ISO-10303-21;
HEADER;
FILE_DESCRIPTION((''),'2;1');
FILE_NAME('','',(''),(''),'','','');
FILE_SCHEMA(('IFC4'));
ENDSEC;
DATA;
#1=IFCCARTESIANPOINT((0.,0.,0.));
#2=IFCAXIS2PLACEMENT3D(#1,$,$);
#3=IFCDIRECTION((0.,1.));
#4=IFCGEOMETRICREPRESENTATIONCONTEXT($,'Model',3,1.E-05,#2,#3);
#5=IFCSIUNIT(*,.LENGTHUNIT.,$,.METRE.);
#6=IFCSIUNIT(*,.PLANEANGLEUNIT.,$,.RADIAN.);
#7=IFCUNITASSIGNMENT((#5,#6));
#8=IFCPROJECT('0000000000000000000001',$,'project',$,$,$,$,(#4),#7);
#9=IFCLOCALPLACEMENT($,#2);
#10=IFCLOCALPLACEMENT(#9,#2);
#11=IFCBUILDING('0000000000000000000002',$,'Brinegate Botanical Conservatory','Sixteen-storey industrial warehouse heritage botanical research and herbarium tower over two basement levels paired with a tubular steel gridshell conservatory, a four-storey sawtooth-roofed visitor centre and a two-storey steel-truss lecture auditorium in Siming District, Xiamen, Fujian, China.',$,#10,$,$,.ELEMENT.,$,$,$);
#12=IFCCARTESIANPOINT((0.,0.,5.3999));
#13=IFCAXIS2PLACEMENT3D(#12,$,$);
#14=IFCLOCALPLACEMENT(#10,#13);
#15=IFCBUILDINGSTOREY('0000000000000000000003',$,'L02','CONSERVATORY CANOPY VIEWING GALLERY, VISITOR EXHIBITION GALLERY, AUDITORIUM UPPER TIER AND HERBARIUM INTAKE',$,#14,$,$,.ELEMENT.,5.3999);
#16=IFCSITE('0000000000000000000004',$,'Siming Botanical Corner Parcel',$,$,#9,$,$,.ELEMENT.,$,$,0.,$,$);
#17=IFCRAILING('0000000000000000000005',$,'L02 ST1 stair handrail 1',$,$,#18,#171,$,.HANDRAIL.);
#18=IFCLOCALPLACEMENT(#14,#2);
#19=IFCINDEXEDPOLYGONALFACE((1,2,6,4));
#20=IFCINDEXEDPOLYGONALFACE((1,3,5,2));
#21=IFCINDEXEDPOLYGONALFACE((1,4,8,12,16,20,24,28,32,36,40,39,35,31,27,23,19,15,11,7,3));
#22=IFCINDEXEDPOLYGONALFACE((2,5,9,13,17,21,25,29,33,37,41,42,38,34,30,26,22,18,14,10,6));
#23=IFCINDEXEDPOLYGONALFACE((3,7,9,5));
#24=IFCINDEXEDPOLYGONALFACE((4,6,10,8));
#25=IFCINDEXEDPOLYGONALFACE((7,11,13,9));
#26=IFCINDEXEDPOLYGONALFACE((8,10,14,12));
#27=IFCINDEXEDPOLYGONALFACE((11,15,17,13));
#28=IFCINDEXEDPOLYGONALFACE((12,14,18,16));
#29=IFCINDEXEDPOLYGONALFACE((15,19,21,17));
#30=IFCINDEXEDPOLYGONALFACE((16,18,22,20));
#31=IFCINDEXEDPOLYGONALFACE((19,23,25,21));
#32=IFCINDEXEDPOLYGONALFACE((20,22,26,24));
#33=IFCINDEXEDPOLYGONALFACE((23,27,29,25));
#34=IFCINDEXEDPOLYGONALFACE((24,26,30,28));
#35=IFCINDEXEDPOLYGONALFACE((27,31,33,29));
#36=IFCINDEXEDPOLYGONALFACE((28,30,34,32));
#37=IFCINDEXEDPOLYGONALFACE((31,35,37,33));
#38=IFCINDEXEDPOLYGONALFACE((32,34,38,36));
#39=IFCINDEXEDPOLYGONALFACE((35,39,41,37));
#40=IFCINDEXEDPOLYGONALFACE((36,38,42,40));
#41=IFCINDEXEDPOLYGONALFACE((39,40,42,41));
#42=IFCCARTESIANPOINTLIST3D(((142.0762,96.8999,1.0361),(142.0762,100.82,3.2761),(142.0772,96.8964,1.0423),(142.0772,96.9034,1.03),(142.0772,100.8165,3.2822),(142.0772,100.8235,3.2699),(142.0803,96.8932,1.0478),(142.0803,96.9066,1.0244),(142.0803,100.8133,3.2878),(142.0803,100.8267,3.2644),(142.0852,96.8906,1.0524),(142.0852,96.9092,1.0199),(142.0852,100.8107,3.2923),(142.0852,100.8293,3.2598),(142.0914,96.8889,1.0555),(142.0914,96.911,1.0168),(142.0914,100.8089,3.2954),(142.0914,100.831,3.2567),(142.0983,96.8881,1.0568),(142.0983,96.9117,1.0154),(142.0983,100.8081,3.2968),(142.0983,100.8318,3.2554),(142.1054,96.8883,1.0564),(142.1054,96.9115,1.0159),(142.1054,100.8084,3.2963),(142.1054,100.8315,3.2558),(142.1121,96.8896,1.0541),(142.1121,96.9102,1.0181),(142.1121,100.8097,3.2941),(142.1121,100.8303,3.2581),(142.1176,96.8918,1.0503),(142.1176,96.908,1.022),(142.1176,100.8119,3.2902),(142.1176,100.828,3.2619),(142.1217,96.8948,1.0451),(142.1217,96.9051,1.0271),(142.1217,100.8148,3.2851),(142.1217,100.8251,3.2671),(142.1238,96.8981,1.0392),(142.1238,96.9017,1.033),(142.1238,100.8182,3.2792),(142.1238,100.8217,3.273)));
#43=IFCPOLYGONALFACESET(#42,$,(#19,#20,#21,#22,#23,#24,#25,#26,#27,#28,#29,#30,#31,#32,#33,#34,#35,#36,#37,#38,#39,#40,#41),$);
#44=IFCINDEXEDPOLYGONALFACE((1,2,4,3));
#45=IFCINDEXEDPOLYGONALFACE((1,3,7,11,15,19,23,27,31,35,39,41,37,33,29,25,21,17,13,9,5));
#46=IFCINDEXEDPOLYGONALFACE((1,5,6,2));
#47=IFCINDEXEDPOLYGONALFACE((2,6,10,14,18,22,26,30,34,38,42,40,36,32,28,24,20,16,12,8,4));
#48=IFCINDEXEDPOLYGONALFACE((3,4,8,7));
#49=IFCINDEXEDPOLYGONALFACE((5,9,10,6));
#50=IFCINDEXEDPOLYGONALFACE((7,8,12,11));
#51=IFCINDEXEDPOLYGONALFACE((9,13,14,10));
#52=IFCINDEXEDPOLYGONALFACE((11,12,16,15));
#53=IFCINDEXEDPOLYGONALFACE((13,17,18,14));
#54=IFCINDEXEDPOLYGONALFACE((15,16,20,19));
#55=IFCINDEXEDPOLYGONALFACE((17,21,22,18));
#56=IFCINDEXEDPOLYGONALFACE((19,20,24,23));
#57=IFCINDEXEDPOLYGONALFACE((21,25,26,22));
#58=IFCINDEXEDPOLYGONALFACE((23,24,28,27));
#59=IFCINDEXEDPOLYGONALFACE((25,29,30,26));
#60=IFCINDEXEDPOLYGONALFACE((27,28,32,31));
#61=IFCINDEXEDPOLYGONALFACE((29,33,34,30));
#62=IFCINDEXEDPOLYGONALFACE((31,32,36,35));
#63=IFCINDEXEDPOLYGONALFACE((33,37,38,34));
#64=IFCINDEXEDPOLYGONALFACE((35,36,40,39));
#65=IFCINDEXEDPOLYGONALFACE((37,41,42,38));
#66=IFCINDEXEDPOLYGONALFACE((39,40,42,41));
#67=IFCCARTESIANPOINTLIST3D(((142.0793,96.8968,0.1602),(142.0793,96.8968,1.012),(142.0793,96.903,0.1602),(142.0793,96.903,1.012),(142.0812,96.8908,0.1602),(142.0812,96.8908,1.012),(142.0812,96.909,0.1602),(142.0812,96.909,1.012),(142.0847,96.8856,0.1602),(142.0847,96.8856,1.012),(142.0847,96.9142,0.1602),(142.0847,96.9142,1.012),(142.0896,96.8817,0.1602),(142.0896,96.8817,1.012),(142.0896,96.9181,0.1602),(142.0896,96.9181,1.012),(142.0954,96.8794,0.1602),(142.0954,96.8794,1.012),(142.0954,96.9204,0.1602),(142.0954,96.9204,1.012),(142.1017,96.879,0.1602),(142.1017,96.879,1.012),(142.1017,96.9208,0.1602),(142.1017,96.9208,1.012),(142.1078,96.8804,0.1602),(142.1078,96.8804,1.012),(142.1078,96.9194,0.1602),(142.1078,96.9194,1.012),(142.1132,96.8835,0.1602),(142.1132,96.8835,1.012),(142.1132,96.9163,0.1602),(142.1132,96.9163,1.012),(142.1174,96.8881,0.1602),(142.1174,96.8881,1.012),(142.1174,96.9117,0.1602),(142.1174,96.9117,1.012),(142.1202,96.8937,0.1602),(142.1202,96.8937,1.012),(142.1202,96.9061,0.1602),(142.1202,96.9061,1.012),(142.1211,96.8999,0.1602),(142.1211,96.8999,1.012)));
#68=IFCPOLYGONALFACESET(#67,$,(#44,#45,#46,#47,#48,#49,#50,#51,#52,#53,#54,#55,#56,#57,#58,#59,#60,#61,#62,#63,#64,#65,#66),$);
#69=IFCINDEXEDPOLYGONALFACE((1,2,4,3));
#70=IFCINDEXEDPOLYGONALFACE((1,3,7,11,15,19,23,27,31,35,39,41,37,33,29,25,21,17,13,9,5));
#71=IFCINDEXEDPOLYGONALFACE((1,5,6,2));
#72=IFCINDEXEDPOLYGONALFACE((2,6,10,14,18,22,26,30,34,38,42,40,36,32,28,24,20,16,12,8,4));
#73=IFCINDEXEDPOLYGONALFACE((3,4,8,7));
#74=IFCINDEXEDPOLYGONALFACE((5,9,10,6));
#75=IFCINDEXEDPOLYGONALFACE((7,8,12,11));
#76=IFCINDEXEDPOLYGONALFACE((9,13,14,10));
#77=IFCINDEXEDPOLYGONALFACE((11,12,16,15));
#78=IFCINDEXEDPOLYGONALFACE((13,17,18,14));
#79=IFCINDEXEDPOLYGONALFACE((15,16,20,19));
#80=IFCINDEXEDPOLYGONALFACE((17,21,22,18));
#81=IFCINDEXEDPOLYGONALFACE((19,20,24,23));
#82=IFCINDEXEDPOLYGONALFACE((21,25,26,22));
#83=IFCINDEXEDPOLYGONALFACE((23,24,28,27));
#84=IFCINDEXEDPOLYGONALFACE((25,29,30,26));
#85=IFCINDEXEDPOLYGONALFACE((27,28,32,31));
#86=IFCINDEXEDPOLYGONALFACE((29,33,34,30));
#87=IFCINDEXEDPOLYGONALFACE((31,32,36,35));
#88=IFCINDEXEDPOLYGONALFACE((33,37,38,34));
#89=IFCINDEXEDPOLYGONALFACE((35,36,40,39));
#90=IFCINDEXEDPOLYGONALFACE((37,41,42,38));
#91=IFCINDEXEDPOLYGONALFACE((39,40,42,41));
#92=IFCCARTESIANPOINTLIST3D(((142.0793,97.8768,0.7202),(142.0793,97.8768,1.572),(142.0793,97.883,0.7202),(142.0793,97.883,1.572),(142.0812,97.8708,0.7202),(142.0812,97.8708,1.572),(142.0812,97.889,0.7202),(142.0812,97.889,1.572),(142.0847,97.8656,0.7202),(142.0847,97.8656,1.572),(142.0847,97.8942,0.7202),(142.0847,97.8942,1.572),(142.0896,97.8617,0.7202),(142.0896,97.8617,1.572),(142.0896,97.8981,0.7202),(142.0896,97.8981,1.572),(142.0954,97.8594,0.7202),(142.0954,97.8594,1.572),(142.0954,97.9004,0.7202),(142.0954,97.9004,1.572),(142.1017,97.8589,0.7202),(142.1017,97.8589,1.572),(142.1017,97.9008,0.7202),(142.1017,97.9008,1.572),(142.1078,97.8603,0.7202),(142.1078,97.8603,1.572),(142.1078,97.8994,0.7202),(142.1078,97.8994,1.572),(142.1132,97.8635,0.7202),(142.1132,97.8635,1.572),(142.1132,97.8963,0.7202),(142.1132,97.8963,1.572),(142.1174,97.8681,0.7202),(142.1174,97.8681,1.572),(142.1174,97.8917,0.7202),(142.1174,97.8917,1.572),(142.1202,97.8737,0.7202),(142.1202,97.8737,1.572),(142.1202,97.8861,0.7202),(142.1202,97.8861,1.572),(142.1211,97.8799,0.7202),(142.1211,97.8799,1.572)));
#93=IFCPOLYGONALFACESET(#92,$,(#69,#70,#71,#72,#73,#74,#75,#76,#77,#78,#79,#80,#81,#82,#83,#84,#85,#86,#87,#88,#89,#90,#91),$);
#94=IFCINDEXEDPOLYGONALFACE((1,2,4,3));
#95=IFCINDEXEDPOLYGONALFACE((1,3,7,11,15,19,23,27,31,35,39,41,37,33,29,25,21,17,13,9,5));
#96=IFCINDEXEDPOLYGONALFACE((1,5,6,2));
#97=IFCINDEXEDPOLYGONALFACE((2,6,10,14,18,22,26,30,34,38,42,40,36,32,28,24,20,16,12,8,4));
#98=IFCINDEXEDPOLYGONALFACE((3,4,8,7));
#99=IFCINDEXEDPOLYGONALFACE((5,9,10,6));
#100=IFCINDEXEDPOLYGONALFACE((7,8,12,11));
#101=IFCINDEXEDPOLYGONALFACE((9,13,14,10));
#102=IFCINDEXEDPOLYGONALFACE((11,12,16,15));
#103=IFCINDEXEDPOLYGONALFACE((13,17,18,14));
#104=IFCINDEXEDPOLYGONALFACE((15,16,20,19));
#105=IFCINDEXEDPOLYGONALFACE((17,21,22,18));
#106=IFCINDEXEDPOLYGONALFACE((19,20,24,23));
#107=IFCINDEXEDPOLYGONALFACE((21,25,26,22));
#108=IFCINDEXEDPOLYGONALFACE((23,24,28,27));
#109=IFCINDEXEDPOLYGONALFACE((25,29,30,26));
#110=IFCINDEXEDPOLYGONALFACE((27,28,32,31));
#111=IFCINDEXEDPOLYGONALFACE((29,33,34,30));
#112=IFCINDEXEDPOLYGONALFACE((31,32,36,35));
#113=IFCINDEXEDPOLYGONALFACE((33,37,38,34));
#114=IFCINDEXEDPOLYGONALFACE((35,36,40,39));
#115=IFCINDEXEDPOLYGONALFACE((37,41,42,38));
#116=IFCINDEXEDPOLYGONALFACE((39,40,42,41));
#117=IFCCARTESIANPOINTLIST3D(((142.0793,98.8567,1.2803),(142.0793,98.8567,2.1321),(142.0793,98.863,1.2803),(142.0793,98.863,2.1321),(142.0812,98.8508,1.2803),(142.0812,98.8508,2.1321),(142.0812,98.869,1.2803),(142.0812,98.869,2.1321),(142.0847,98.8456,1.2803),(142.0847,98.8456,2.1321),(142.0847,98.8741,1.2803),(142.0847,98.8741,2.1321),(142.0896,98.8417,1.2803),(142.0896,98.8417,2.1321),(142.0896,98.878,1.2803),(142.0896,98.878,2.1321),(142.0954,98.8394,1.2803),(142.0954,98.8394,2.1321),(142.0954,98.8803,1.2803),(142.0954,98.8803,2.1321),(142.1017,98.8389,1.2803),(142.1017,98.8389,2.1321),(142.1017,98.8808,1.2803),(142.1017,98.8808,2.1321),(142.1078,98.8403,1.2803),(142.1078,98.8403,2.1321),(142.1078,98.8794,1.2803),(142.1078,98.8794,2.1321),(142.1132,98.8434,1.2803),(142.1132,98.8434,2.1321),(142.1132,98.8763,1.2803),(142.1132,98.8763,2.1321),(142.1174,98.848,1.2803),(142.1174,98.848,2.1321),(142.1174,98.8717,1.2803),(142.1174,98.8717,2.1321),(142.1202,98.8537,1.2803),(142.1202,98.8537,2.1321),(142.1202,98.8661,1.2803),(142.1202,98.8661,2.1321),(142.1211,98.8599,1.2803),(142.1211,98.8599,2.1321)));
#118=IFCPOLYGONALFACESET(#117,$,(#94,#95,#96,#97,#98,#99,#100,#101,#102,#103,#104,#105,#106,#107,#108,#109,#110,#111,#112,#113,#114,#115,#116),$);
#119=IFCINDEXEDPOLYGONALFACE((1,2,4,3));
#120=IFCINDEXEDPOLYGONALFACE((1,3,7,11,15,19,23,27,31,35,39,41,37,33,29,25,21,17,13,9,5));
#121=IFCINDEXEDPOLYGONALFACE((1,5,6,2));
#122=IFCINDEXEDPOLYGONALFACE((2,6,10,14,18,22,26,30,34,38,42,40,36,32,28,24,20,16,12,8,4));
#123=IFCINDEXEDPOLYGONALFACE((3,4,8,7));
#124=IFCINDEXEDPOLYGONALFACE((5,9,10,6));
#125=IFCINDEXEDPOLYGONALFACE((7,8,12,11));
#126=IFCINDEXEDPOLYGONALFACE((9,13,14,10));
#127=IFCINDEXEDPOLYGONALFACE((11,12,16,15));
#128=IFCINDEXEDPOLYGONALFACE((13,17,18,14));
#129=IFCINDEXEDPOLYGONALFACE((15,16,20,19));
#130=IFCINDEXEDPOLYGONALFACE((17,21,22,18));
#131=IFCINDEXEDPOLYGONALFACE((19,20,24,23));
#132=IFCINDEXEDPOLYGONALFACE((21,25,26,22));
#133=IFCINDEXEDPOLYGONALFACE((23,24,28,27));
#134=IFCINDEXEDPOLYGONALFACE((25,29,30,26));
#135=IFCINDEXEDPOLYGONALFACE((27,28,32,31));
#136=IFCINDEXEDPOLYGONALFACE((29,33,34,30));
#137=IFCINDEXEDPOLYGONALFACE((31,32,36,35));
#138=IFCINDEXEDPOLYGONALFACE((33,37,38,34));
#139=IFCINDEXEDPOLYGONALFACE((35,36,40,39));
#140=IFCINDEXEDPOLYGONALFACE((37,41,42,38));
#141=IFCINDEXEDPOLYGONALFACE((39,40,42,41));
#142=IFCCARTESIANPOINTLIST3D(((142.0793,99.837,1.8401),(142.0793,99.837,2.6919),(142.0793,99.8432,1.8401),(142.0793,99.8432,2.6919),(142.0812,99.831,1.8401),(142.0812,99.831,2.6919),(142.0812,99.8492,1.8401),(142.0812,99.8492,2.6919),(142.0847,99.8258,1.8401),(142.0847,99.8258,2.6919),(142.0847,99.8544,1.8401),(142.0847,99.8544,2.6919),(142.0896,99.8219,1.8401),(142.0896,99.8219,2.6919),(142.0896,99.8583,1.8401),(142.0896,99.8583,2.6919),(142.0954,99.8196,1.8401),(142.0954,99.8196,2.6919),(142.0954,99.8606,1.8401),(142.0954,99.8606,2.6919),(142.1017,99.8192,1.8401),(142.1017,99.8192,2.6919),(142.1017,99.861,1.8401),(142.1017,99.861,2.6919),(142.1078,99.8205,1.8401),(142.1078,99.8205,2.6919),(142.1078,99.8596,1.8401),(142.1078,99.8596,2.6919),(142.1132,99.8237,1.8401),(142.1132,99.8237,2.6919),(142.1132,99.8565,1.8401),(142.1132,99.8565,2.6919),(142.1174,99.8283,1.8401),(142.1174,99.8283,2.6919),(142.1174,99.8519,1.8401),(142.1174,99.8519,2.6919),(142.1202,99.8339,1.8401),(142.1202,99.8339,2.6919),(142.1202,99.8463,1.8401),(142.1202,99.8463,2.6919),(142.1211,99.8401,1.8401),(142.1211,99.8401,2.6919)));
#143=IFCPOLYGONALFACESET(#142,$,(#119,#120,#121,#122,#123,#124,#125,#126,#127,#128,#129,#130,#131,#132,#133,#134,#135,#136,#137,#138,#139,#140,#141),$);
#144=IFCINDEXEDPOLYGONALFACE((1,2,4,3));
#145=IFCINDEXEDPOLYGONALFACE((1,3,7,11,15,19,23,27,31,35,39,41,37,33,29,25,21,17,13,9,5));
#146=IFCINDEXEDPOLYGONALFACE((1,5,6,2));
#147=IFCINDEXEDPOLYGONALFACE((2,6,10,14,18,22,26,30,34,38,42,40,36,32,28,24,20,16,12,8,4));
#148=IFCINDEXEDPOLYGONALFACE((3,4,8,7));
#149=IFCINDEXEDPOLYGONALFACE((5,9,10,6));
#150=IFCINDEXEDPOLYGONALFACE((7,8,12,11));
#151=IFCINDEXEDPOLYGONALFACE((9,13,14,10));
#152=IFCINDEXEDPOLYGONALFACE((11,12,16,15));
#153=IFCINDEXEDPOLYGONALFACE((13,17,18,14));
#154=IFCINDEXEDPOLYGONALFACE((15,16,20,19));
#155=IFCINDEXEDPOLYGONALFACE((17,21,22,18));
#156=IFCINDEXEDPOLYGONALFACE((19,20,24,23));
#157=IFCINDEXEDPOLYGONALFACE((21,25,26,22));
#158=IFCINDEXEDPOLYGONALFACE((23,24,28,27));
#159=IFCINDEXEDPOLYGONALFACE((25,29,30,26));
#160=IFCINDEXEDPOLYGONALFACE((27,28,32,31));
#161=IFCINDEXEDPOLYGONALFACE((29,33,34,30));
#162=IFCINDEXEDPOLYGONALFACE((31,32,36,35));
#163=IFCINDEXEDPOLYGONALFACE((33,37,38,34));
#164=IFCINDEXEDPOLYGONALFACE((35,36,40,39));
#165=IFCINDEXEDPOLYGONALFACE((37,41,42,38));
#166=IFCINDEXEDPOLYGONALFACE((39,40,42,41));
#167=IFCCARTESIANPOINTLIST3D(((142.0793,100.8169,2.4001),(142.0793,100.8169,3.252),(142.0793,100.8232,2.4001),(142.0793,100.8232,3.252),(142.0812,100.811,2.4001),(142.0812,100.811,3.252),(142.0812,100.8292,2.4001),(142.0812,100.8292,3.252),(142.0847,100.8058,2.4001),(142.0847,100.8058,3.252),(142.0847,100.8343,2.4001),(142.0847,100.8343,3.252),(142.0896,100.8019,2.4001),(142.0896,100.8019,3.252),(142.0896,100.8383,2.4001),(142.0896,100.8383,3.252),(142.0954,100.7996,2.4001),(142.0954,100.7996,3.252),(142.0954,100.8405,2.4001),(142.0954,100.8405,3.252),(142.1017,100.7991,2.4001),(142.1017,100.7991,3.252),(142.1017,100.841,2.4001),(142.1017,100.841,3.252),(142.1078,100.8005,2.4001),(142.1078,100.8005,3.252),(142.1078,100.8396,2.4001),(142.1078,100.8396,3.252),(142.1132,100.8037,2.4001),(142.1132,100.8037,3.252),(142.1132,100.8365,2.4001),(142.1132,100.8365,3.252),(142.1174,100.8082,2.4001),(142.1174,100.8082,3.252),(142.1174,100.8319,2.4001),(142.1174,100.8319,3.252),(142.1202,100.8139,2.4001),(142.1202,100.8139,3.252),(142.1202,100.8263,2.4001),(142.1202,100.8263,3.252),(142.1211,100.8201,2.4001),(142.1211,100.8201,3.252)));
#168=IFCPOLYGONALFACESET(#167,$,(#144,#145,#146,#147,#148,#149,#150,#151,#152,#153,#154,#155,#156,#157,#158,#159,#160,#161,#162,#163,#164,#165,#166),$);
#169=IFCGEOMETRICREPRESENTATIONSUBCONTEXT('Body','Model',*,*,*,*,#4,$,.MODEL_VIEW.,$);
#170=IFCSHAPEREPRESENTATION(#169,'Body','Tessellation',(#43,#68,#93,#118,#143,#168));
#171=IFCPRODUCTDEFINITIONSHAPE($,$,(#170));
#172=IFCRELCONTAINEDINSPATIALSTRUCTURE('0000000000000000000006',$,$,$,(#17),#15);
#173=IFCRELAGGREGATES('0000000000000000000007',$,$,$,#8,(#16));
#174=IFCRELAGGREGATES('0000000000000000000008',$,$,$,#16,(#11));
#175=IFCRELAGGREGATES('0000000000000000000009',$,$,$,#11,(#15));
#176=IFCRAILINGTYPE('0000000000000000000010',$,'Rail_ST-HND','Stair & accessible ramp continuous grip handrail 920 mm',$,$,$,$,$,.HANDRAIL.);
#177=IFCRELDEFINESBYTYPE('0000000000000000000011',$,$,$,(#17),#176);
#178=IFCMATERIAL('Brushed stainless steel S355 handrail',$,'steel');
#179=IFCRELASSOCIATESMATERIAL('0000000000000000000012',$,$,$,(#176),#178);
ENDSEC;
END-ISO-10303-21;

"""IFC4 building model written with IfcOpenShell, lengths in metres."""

from ifc_helpers import new_model, si_unit, direction, frame, origin, origin_2d, place, context, subcontext, project, spatial, circle, extrude, material, type_object, element, save


model = new_model("IFC4")

# Units and contexts
model_context = context("Model", 3, precision=1e-05, world=origin(), true_north=direction((0.0, 1.0)))
body_context = subcontext(model_context, "Body", "Model", "MODEL_VIEW")
ifc_project = project(units=[si_unit("LENGTHUNIT", "METRE"), si_unit("PLANEANGLEUNIT", "RADIAN")], contexts=[model_context])

# Site, building, storey
site_placement = place(None, origin())
site = spatial("IfcSite", under=ifc_project, at=site_placement, Name="Siming Botanical Corner Parcel", CompositionType="ELEMENT", RefElevation=0.0)
building_placement = place(site_placement, origin())
building = spatial("IfcBuilding", under=site, at=building_placement, Name="Brinegate Botanical Conservatory", Description="Sixteen-storey industrial warehouse heritage botanical research and herbarium tower over two basement levels paired with a tubular steel gridshell conservatory, a four-storey sawtooth-roofed visitor centre and a two-storey steel-truss lecture auditorium in Siming District, Xiamen, Fujian, China.", CompositionType="ELEMENT")
storey_placement = place(building_placement, frame((0.0, 0.0, 5.3999)))
storey = spatial("IfcBuildingStorey", under=building, at=storey_placement, Name="L02", Description="CONSERVATORY CANOPY VIEWING GALLERY, VISITOR EXHIBITION GALLERY, AUDITORIUM UPPER TIER AND HERBARIUM INTAKE", CompositionType="ELEMENT", Elevation=5.3999)

# Railing
ifc_material_1 = material(Name="Brushed stainless steel S355 handrail", Category="steel")
railing_type_1 = type_object("IfcRailingType", Name="Rail_ST-HND", Description="Stair & accessible ramp continuous grip handrail 920 mm", PredefinedType="HANDRAIL", material=ifc_material_1)
railing_1_placement = place(storey_placement, frame((142.1001, 96.8999, 0.1602)))
element("IfcRailing", 1, at=railing_1_placement, inside=storey, type_object=railing_type_1, Name="L02 ST1 stair handrail 1", PredefinedType="HANDRAIL", context=body_context, shape_type="SweptSolid", body=[
    extrude(circle(Radius=0.0239, at=origin_2d()), frame((0.0, 0.0, 0.876), z_axis=(0.0, 0.868253, 0.496121), x_axis=(-1.0, 0.0, 0.0)), (0.0, 0.0, 1.0), 4.5149),
    extrude(circle(Radius=0.021, at=origin_2d()), origin(), (0.0, 0.0, 1.0), 0.8518),
    extrude(circle(Radius=0.021, at=origin_2d()), frame((0.0, 0.98, 0.5601)), (0.0, 0.0, 1.0), 0.8518),
    extrude(circle(Radius=0.021, at=origin_2d()), frame((0.0, 1.96, 1.1201)), (0.0, 0.0, 1.0), 0.8518),
    extrude(circle(Radius=0.021, at=origin_2d()), frame((0.0, 2.9402, 1.6799)), (0.0, 0.0, 1.0), 0.8518),
    extrude(circle(Radius=0.021, at=origin_2d()), frame((0.0, 3.9202, 2.24)), (0.0, 0.0, 1.0), 0.8518),
])

save(model, "model.ifc")
